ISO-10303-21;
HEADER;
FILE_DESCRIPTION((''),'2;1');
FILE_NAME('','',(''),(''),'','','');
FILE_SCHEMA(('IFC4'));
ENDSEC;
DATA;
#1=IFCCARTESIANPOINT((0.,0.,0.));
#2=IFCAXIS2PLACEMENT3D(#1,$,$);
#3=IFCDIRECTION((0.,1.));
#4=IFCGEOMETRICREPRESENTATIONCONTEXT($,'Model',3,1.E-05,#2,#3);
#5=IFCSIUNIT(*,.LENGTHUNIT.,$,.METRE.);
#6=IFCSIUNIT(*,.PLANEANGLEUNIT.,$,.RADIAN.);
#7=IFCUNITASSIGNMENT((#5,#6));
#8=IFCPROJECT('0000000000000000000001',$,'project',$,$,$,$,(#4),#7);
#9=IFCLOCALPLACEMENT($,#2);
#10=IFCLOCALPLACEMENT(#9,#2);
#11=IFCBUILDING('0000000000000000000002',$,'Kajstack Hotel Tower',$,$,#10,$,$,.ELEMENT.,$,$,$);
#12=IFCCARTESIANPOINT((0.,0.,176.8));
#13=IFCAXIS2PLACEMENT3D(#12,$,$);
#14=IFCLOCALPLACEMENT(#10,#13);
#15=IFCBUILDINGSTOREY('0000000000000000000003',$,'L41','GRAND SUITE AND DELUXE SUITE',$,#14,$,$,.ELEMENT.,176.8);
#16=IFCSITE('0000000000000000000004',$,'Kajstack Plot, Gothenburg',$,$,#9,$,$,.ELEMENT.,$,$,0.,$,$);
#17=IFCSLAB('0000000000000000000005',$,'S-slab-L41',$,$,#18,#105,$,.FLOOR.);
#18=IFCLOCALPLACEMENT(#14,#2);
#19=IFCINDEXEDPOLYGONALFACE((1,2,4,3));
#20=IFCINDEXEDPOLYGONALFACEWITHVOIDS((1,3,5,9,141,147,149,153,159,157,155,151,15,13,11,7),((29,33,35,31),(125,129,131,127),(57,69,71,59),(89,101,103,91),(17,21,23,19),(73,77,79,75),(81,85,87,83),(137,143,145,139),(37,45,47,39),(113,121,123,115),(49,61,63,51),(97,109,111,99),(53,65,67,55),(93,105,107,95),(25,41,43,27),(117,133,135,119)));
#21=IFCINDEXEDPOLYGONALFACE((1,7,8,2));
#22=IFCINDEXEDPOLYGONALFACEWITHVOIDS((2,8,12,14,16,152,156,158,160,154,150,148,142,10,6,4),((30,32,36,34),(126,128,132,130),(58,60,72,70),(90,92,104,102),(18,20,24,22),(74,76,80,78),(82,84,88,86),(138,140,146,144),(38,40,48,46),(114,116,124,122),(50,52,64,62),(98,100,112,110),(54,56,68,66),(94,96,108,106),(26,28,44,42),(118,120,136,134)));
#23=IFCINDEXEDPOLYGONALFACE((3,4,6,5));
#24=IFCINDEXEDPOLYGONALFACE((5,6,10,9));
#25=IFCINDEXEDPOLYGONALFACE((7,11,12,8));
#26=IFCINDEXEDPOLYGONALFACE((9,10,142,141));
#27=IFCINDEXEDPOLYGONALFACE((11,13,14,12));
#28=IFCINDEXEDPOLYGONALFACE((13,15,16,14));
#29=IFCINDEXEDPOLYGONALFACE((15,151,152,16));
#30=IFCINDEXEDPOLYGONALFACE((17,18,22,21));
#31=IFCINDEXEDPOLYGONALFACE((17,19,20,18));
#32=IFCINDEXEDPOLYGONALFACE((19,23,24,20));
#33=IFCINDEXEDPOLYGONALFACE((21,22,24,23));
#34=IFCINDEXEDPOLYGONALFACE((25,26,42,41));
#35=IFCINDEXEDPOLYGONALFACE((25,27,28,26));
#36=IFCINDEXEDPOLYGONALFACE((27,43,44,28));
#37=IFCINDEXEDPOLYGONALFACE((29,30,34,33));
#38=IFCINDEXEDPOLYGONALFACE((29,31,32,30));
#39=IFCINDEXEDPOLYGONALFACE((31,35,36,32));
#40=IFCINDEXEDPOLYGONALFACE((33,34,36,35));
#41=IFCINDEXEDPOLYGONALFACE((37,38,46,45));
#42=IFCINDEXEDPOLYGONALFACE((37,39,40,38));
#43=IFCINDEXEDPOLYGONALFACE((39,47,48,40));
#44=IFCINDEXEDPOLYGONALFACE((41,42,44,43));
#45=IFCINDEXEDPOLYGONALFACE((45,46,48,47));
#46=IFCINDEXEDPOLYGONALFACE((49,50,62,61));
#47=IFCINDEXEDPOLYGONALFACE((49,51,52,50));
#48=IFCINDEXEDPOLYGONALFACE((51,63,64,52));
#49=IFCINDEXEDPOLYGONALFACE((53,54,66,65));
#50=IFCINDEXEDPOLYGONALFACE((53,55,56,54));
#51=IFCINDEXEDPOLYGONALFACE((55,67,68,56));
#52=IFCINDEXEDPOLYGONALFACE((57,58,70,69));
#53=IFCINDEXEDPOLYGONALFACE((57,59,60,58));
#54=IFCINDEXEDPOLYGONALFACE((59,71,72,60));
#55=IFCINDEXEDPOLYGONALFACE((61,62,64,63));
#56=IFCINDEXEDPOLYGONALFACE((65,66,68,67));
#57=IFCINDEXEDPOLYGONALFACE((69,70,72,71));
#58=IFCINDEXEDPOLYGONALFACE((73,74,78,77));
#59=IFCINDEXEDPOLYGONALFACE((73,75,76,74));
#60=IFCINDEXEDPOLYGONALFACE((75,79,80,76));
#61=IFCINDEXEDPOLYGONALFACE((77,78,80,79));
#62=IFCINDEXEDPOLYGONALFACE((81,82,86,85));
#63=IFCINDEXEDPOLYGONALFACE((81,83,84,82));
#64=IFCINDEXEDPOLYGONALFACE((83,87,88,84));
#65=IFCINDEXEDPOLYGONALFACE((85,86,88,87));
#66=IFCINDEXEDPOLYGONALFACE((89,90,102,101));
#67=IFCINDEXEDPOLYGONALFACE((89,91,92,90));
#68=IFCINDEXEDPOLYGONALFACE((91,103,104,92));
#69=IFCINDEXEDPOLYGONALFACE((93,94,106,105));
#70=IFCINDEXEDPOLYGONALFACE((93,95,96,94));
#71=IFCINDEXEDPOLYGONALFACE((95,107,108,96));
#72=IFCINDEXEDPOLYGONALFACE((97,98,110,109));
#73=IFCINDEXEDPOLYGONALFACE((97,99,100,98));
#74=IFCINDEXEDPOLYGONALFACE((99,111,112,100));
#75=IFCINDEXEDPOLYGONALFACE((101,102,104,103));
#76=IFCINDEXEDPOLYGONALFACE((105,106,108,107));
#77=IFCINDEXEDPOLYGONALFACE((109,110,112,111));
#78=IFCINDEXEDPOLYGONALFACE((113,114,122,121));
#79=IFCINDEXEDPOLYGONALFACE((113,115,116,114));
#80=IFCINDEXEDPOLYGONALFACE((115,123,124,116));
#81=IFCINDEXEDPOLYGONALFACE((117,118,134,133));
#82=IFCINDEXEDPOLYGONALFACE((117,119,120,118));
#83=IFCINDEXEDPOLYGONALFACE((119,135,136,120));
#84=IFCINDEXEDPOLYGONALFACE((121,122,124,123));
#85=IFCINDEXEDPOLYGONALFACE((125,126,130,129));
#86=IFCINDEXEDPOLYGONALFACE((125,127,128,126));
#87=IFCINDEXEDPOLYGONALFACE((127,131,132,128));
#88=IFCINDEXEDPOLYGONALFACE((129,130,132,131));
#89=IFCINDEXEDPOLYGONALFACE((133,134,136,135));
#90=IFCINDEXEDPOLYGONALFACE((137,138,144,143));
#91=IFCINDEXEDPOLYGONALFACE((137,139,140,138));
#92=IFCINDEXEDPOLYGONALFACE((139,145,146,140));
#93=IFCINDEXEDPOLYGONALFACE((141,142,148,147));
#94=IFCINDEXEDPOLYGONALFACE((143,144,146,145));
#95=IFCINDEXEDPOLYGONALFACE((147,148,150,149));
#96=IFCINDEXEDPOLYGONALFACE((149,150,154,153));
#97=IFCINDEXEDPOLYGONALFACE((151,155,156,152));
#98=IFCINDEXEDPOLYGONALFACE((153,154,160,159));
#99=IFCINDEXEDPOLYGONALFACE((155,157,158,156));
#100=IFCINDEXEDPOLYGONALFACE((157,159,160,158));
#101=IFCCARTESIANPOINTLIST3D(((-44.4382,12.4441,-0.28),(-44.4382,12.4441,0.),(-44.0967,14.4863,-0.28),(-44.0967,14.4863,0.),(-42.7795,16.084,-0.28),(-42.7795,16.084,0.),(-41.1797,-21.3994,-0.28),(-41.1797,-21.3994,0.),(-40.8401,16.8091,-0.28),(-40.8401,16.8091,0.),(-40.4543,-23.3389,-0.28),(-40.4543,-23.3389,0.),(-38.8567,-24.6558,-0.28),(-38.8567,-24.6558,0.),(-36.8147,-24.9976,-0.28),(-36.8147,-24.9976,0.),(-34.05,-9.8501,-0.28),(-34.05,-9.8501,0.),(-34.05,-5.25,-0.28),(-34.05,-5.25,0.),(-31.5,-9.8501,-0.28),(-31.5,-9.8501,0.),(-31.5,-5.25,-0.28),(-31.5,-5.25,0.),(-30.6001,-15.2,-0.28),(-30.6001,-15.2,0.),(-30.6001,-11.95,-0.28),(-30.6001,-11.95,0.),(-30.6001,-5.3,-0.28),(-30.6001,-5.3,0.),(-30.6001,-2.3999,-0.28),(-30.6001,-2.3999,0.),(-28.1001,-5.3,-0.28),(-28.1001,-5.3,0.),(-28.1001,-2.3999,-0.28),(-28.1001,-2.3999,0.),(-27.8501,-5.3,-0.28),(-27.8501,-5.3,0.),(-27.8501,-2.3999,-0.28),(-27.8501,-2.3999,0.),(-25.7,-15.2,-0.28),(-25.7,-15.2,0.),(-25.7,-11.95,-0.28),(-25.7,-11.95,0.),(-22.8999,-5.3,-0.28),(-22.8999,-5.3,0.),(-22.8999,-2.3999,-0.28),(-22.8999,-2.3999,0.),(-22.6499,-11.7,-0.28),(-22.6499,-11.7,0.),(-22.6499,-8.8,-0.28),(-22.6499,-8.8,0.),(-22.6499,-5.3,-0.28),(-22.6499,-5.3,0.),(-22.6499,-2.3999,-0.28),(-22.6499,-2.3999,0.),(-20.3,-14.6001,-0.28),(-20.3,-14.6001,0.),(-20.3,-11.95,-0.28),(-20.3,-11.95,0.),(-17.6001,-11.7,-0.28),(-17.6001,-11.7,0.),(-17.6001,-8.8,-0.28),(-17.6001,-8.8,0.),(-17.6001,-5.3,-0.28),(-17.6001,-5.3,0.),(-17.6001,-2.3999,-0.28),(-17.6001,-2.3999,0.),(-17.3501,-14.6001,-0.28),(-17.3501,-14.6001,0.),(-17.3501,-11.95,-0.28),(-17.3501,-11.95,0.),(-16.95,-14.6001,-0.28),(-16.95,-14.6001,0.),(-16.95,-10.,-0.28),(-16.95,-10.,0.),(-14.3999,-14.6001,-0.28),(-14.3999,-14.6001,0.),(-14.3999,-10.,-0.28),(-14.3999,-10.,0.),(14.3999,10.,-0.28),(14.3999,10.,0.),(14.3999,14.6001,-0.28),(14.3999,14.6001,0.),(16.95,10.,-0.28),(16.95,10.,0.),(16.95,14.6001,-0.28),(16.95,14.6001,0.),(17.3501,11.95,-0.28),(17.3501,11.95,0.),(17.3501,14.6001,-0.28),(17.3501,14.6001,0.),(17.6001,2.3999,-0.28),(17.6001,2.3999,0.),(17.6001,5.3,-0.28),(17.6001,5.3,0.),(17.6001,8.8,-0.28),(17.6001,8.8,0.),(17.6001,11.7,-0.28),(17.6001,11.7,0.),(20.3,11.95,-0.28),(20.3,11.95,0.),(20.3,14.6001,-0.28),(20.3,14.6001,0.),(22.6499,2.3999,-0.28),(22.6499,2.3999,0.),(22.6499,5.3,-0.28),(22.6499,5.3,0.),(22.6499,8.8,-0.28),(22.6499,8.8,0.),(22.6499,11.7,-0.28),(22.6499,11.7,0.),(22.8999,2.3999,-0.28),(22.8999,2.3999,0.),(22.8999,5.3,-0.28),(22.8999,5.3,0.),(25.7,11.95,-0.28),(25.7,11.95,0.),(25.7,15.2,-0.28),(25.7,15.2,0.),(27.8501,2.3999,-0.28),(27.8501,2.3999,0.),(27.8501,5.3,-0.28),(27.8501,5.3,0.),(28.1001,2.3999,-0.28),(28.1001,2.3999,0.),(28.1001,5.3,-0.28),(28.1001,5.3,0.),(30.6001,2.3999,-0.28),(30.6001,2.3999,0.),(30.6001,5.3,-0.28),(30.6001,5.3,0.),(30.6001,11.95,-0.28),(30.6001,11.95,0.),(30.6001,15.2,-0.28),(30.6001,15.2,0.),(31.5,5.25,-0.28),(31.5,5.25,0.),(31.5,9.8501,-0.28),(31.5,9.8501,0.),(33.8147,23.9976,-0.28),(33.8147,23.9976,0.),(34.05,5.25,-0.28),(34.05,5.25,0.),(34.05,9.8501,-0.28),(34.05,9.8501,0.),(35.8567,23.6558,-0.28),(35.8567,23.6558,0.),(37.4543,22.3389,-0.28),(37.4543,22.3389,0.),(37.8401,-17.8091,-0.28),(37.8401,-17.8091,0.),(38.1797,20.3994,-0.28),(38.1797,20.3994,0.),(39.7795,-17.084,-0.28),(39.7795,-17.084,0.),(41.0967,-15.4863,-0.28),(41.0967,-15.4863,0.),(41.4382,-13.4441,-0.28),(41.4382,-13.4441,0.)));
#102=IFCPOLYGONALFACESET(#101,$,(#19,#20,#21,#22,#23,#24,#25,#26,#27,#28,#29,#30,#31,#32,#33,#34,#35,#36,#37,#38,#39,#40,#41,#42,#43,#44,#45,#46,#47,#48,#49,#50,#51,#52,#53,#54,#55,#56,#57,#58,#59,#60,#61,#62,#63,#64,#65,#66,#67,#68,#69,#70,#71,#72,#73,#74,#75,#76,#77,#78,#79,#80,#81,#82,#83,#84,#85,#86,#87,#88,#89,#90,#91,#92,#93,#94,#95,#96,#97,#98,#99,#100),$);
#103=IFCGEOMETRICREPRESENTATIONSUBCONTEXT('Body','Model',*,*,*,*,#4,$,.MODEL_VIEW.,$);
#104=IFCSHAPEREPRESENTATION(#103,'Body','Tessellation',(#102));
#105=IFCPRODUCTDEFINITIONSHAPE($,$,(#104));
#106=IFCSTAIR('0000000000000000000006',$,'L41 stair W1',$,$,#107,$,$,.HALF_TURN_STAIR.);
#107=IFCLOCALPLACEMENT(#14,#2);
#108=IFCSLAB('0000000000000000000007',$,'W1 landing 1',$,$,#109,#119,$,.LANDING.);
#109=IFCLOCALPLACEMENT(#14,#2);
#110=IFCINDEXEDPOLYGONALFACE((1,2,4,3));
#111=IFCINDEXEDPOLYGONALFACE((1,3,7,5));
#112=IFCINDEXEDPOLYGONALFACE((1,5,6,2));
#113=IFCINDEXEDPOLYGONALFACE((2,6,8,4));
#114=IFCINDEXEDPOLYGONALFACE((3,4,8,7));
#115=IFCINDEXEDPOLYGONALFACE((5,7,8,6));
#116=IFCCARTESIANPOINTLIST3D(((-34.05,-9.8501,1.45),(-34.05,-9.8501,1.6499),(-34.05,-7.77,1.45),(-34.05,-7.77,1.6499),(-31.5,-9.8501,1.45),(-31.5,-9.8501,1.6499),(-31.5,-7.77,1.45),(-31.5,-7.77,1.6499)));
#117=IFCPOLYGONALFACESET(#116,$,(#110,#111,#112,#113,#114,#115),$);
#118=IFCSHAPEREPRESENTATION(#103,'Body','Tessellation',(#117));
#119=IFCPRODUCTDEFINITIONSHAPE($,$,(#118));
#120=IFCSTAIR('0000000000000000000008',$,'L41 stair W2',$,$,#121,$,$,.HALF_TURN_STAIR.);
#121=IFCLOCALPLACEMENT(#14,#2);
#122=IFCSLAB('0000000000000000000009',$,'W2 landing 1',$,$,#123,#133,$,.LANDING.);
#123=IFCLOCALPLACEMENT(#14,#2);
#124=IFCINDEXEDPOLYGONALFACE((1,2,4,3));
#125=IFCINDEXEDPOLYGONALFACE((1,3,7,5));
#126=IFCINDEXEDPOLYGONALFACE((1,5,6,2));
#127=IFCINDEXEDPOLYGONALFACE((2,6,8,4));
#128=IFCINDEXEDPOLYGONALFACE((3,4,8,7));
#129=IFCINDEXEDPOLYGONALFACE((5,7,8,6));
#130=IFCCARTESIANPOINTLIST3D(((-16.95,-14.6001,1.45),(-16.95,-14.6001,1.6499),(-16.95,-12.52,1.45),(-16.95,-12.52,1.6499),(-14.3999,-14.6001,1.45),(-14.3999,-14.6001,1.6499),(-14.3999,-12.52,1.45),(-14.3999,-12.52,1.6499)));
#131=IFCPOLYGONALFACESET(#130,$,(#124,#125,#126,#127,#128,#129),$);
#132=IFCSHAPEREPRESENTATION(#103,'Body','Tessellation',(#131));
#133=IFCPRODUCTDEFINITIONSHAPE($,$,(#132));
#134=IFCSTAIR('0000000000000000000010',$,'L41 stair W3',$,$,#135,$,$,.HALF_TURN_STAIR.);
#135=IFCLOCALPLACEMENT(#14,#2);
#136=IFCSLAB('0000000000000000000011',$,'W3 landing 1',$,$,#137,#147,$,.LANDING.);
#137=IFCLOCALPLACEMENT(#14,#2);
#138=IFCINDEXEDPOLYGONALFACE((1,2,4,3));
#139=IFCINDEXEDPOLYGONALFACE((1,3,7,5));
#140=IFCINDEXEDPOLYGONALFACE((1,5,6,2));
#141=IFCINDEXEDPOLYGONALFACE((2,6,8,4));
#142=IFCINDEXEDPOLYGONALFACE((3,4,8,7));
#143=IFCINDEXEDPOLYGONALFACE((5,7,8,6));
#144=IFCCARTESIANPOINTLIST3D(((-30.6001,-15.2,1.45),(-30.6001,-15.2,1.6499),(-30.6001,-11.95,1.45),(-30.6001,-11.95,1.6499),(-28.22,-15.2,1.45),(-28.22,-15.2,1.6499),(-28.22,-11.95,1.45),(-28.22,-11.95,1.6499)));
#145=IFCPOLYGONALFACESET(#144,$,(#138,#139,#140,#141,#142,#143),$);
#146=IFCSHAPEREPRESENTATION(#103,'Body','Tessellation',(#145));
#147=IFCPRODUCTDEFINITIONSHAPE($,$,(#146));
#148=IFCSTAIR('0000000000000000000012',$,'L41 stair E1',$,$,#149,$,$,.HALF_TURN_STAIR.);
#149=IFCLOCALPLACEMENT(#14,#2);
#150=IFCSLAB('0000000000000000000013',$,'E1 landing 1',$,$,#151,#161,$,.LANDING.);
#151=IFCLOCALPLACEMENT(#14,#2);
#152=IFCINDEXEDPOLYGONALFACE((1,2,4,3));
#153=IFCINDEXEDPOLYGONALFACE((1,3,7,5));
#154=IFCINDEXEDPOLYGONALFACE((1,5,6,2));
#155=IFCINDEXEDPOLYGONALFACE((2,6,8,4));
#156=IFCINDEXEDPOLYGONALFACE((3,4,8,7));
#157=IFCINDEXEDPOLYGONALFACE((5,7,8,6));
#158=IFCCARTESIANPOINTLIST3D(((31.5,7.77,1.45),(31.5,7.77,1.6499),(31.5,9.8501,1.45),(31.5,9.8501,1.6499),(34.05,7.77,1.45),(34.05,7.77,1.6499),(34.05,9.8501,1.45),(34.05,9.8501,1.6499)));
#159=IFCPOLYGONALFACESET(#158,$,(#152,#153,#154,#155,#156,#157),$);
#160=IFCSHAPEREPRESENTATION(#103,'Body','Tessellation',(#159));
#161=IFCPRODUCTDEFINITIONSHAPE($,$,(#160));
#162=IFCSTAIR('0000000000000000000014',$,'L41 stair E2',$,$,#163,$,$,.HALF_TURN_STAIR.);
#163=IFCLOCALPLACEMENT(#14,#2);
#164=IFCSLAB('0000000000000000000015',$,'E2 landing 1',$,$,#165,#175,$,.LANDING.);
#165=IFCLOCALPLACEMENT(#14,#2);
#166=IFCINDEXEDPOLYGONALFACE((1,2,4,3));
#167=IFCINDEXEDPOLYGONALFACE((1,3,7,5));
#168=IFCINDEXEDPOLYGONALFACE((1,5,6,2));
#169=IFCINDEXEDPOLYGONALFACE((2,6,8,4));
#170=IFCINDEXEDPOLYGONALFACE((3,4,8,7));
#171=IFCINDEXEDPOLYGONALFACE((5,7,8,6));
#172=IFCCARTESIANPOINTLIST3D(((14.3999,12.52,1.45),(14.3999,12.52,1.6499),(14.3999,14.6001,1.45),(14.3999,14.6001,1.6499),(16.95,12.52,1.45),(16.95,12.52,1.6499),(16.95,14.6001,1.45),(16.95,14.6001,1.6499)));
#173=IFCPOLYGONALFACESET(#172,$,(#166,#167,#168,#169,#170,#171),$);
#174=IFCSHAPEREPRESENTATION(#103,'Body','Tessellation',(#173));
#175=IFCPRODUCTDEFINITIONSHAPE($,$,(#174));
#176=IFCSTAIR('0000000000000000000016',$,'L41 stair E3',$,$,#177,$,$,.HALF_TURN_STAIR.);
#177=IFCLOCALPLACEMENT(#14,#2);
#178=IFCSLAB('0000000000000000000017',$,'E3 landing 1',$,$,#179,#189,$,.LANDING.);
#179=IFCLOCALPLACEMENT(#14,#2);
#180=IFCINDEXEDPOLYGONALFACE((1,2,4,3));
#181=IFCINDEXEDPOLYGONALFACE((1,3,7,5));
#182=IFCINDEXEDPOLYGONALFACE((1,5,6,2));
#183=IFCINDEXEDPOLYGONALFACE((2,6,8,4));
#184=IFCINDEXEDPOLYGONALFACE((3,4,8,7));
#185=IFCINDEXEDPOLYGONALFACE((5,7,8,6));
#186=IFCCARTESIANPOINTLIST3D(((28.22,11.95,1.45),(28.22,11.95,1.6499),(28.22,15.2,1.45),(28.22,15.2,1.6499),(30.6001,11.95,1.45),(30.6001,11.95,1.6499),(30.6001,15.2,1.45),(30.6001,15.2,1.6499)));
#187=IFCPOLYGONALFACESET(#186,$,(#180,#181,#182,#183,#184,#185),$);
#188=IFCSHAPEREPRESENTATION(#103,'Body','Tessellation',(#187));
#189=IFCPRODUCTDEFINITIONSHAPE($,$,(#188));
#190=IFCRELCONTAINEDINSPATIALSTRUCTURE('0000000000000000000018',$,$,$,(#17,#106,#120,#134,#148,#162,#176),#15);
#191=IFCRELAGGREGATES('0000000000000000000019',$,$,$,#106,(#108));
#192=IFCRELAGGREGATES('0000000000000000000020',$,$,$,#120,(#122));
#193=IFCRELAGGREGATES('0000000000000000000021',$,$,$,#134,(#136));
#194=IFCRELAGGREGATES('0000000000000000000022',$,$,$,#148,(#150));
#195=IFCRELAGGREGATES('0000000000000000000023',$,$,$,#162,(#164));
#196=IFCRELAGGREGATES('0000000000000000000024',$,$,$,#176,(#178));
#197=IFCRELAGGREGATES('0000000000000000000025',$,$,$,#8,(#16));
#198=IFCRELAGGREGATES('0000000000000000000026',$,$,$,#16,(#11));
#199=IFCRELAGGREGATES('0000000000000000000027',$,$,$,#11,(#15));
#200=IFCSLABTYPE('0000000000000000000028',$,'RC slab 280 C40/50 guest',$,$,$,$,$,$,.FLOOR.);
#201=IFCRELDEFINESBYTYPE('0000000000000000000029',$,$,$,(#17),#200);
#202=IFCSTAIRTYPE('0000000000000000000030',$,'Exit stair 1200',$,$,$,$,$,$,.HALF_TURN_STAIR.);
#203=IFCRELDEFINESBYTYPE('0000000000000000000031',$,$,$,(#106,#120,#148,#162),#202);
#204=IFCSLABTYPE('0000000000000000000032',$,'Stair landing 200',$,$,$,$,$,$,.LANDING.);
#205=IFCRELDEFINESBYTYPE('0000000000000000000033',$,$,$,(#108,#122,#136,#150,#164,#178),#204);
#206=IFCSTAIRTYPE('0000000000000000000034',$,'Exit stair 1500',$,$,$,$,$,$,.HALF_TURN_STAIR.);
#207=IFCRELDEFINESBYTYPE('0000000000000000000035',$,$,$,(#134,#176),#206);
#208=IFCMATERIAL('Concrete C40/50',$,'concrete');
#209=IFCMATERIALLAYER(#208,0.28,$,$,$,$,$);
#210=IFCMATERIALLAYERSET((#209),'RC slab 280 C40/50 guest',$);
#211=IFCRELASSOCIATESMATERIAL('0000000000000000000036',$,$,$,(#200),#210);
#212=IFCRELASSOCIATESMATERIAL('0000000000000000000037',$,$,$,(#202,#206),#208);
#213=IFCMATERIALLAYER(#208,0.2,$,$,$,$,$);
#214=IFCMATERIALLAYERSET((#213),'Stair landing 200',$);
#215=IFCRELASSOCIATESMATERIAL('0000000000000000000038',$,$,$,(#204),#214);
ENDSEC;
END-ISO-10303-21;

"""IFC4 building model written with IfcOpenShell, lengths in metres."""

from ifc_helpers import new_model, si_unit, direction, frame, origin, place, context, subcontext, project, spatial, polyline, outline, extrude, material, layer, layer_set, type_object, element, aggregate, save


model = new_model("IFC4")

# Units and contexts
model_context = context("Model", 3, precision=1e-05, world=origin(), true_north=direction((0.0, 1.0)))
body_context = subcontext(model_context, "Body", "Model", "MODEL_VIEW")
ifc_project = project(units=[si_unit("LENGTHUNIT", "METRE"), si_unit("PLANEANGLEUNIT", "RADIAN")], contexts=[model_context])

# Site, building, storey
site_placement = place(None, origin())
site = spatial("IfcSite", under=ifc_project, at=site_placement, Name="Kajstack Plot, Gothenburg", CompositionType="ELEMENT", RefElevation=0.0)
building_placement = place(site_placement, origin())
building = spatial("IfcBuilding", under=site, at=building_placement, Name="Kajstack Hotel Tower", CompositionType="ELEMENT")
storey_placement = place(building_placement, frame((0.0, 0.0, 176.8)))
storey = spatial("IfcBuildingStorey", under=building, at=storey_placement, Name="L41", Description="GRAND SUITE AND DELUXE SUITE", CompositionType="ELEMENT", Elevation=176.8)

# Slab
ifc_material_1 = material(Name="Concrete C40/50", Category="concrete")
ifc_layer_1 = layer(ifc_material_1, 0.28)
ifc_layer_set_1 = layer_set([ifc_layer_1], Name="RC slab 280 C40/50 guest")
slab_type_1 = type_object("IfcSlabType", Name="RC slab 280 C40/50 guest", PredefinedType="FLOOR", material=ifc_layer_set_1)
slab_1_placement = place(storey_placement, frame((0.0, 0.0, -0.28)))
element("IfcSlab", 1, at=slab_1_placement, inside=storey, type_object=slab_type_1, Name="S-slab-L41", PredefinedType="FLOOR", context=body_context, shape_type="SweptSolid", body=[
    extrude(outline(polyline([(-44.4382, 12.4441), (-41.1797, -21.3994), (-40.4543, -23.3389), (-38.8567, -24.6558), (-36.8147, -24.9976), (37.8401, -17.8091), (39.7795, -17.084), (41.0967, -15.4863), (41.4382, -13.4441), (38.1797, 20.3994), (37.4543, 22.3389), (35.8567, 23.6558), (33.8147, 23.9976), (-40.8401, 16.8091), (-42.7795, 16.084), (-44.0967, 14.4863), (-44.4382, 12.4441)]), holes=[polyline([(-22.6499, -11.7), (-22.6499, -8.8), (-17.6001, -8.8), (-17.6001, -11.7), (-22.6499, -11.7)]), polyline([(-27.8501, -5.3), (-27.8501, -2.3999), (-22.8999, -2.3999), (-22.8999, -5.3), (-27.8501, -5.3)]), polyline([(-22.6499, -5.3), (-22.6499, -2.3999), (-17.6001, -2.3999), (-17.6001, -5.3), (-22.6499, -5.3)]), polyline([(-20.3, -14.6001), (-17.3501, -14.6001), (-17.3501, -11.95), (-20.3, -11.95), (-20.3, -14.6001)]), polyline([(-30.6001, -5.3), (-28.1001, -5.3), (-28.1001, -2.3999), (-30.6001, -2.3999), (-30.6001, -5.3)]), polyline([(17.6001, 8.8), (17.6001, 11.7), (22.6499, 11.7), (22.6499, 8.8), (17.6001, 8.8)]), polyline([(22.8999, 2.3999), (22.8999, 5.3), (27.8501, 5.3), (27.8501, 2.3999), (22.8999, 2.3999)]), polyline([(17.6001, 2.3999), (17.6001, 5.3), (22.6499, 5.3), (22.6499, 2.3999), (17.6001, 2.3999)]), polyline([(20.3, 14.6001), (17.3501, 14.6001), (17.3501, 11.95), (20.3, 11.95), (20.3, 14.6001)]), polyline([(30.6001, 5.3), (28.1001, 5.3), (28.1001, 2.3999), (30.6001, 2.3999), (30.6001, 5.3)]), polyline([(-34.05, -9.8501), (-31.5, -9.8501), (-31.5, -5.25), (-34.05, -5.25), (-34.05, -9.8501)]), polyline([(-16.95, -14.6001), (-14.3999, -14.6001), (-14.3999, -10.0), (-16.95, -10.0), (-16.95, -14.6001)]), polyline([(-30.6001, -15.2), (-25.7, -15.2), (-25.7, -11.95), (-30.6001, -11.95), (-30.6001, -15.2)]), polyline([(34.05, 9.8501), (31.5, 9.8501), (31.5, 5.25), (34.05, 5.25), (34.05, 9.8501)]), polyline([(16.95, 14.6001), (14.3999, 14.6001), (14.3999, 10.0), (16.95, 10.0), (16.95, 14.6001)]), polyline([(30.6001, 15.2), (25.7, 15.2), (25.7, 11.95), (30.6001, 11.95), (30.6001, 15.2)])]), origin(), (0.0, 0.0, 1.0), 0.28),
])

# Stairs, slabs
stair_type_1 = type_object("IfcStairType", Name="Exit stair 1200", PredefinedType="HALF_TURN_STAIR", material=ifc_material_1)
stair_1_placement = place(storey_placement, origin())
stair_1 = element("IfcStair", 2, at=stair_1_placement, inside=storey, type_object=stair_type_1, Name="L41 stair W1", PredefinedType="HALF_TURN_STAIR")
ifc_layer_2 = layer(ifc_material_1, 0.2)
ifc_layer_set_2 = layer_set([ifc_layer_2], Name="Stair landing 200")
slab_type_2 = type_object("IfcSlabType", Name="Stair landing 200", PredefinedType="LANDING", material=ifc_layer_set_2)
slab_2_placement = place(storey_placement, frame((0.0, 0.0, 1.45)))
slab_2 = element("IfcSlab", 3, at=slab_2_placement, type_object=slab_type_2, Name="W1 landing 1", PredefinedType="LANDING", context=body_context, shape_type="SweptSolid", body=[
    extrude(outline(polyline([(-34.05, -7.77), (-34.05, -9.8501), (-31.5, -9.8501), (-31.5, -7.77), (-34.05, -7.77)])), origin(), (0.0, 0.0, 1.0), 0.2),
])
aggregate(stair_1, [slab_2])
stair_2_placement = place(storey_placement, origin())
stair_2 = element("IfcStair", 4, at=stair_2_placement, inside=storey, type_object=stair_type_1, Name="L41 stair W2", PredefinedType="HALF_TURN_STAIR")
slab_3_placement = place(storey_placement, frame((0.0, 0.0, 1.45)))
slab_3 = element("IfcSlab", 5, at=slab_3_placement, type_object=slab_type_2, Name="W2 landing 1", PredefinedType="LANDING", context=body_context, shape_type="SweptSolid", body=[
    extrude(outline(polyline([(-16.95, -12.52), (-16.95, -14.6001), (-14.3999, -14.6001), (-14.3999, -12.52), (-16.95, -12.52)])), origin(), (0.0, 0.0, 1.0), 0.2),
])
aggregate(stair_2, [slab_3])
stair_type_2 = type_object("IfcStairType", Name="Exit stair 1500", PredefinedType="HALF_TURN_STAIR", material=ifc_material_1)
stair_3_placement = place(storey_placement, origin())
stair_3 = element("IfcStair", 6, at=stair_3_placement, inside=storey, type_object=stair_type_2, Name="L41 stair W3", PredefinedType="HALF_TURN_STAIR")
slab_4_placement = place(storey_placement, frame((0.0, 0.0, 1.45)))
slab_4 = element("IfcSlab", 7, at=slab_4_placement, type_object=slab_type_2, Name="W3 landing 1", PredefinedType="LANDING", context=body_context, shape_type="SweptSolid", body=[
    extrude(outline(polyline([(-28.22, -11.95), (-30.6001, -11.95), (-30.6001, -15.2), (-28.22, -15.2), (-28.22, -11.95)])), origin(), (0.0, 0.0, 1.0), 0.2),
])
aggregate(stair_3, [slab_4])
stair_4_placement = place(storey_placement, origin())
stair_4 = element("IfcStair", 8, at=stair_4_placement, inside=storey, type_object=stair_type_1, Name="L41 stair E1", PredefinedType="HALF_TURN_STAIR")
slab_5_placement = place(storey_placement, frame((0.0, 0.0, 1.45)))
slab_5 = element("IfcSlab", 9, at=slab_5_placement, type_object=slab_type_2, Name="E1 landing 1", PredefinedType="LANDING", context=body_context, shape_type="SweptSolid", body=[
    extrude(outline(polyline([(34.05, 7.77), (34.05, 9.8501), (31.5, 9.8501), (31.5, 7.77), (34.05, 7.77)])), origin(), (0.0, 0.0, 1.0), 0.2),
])
aggregate(stair_4, [slab_5])
stair_5_placement = place(storey_placement, origin())
stair_5 = element("IfcStair", 10, at=stair_5_placement, inside=storey, type_object=stair_type_1, Name="L41 stair E2", PredefinedType="HALF_TURN_STAIR")
slab_6_placement = place(storey_placement, frame((0.0, 0.0, 1.45)))
slab_6 = element("IfcSlab", 11, at=slab_6_placement, type_object=slab_type_2, Name="E2 landing 1", PredefinedType="LANDING", context=body_context, shape_type="SweptSolid", body=[
    extrude(outline(polyline([(16.95, 12.52), (16.95, 14.6001), (14.3999, 14.6001), (14.3999, 12.52), (16.95, 12.52)])), origin(), (0.0, 0.0, 1.0), 0.2),
])
aggregate(stair_5, [slab_6])
stair_6_placement = place(storey_placement, origin())
stair_6 = element("IfcStair", 12, at=stair_6_placement, inside=storey, type_object=stair_type_2, Name="L41 stair E3", PredefinedType="HALF_TURN_STAIR")
slab_7_placement = place(storey_placement, frame((0.0, 0.0, 1.45)))
slab_7 = element("IfcSlab", 13, at=slab_7_placement, type_object=slab_type_2, Name="E3 landing 1", PredefinedType="LANDING", context=body_context, shape_type="SweptSolid", body=[
    extrude(outline(polyline([(28.22, 11.95), (30.6001, 11.95), (30.6001, 15.2), (28.22, 15.2), (28.22, 11.95)])), origin(), (0.0, 0.0, 1.0), 0.2),
])
aggregate(stair_6, [slab_7])

save(model, "model.ifc")
